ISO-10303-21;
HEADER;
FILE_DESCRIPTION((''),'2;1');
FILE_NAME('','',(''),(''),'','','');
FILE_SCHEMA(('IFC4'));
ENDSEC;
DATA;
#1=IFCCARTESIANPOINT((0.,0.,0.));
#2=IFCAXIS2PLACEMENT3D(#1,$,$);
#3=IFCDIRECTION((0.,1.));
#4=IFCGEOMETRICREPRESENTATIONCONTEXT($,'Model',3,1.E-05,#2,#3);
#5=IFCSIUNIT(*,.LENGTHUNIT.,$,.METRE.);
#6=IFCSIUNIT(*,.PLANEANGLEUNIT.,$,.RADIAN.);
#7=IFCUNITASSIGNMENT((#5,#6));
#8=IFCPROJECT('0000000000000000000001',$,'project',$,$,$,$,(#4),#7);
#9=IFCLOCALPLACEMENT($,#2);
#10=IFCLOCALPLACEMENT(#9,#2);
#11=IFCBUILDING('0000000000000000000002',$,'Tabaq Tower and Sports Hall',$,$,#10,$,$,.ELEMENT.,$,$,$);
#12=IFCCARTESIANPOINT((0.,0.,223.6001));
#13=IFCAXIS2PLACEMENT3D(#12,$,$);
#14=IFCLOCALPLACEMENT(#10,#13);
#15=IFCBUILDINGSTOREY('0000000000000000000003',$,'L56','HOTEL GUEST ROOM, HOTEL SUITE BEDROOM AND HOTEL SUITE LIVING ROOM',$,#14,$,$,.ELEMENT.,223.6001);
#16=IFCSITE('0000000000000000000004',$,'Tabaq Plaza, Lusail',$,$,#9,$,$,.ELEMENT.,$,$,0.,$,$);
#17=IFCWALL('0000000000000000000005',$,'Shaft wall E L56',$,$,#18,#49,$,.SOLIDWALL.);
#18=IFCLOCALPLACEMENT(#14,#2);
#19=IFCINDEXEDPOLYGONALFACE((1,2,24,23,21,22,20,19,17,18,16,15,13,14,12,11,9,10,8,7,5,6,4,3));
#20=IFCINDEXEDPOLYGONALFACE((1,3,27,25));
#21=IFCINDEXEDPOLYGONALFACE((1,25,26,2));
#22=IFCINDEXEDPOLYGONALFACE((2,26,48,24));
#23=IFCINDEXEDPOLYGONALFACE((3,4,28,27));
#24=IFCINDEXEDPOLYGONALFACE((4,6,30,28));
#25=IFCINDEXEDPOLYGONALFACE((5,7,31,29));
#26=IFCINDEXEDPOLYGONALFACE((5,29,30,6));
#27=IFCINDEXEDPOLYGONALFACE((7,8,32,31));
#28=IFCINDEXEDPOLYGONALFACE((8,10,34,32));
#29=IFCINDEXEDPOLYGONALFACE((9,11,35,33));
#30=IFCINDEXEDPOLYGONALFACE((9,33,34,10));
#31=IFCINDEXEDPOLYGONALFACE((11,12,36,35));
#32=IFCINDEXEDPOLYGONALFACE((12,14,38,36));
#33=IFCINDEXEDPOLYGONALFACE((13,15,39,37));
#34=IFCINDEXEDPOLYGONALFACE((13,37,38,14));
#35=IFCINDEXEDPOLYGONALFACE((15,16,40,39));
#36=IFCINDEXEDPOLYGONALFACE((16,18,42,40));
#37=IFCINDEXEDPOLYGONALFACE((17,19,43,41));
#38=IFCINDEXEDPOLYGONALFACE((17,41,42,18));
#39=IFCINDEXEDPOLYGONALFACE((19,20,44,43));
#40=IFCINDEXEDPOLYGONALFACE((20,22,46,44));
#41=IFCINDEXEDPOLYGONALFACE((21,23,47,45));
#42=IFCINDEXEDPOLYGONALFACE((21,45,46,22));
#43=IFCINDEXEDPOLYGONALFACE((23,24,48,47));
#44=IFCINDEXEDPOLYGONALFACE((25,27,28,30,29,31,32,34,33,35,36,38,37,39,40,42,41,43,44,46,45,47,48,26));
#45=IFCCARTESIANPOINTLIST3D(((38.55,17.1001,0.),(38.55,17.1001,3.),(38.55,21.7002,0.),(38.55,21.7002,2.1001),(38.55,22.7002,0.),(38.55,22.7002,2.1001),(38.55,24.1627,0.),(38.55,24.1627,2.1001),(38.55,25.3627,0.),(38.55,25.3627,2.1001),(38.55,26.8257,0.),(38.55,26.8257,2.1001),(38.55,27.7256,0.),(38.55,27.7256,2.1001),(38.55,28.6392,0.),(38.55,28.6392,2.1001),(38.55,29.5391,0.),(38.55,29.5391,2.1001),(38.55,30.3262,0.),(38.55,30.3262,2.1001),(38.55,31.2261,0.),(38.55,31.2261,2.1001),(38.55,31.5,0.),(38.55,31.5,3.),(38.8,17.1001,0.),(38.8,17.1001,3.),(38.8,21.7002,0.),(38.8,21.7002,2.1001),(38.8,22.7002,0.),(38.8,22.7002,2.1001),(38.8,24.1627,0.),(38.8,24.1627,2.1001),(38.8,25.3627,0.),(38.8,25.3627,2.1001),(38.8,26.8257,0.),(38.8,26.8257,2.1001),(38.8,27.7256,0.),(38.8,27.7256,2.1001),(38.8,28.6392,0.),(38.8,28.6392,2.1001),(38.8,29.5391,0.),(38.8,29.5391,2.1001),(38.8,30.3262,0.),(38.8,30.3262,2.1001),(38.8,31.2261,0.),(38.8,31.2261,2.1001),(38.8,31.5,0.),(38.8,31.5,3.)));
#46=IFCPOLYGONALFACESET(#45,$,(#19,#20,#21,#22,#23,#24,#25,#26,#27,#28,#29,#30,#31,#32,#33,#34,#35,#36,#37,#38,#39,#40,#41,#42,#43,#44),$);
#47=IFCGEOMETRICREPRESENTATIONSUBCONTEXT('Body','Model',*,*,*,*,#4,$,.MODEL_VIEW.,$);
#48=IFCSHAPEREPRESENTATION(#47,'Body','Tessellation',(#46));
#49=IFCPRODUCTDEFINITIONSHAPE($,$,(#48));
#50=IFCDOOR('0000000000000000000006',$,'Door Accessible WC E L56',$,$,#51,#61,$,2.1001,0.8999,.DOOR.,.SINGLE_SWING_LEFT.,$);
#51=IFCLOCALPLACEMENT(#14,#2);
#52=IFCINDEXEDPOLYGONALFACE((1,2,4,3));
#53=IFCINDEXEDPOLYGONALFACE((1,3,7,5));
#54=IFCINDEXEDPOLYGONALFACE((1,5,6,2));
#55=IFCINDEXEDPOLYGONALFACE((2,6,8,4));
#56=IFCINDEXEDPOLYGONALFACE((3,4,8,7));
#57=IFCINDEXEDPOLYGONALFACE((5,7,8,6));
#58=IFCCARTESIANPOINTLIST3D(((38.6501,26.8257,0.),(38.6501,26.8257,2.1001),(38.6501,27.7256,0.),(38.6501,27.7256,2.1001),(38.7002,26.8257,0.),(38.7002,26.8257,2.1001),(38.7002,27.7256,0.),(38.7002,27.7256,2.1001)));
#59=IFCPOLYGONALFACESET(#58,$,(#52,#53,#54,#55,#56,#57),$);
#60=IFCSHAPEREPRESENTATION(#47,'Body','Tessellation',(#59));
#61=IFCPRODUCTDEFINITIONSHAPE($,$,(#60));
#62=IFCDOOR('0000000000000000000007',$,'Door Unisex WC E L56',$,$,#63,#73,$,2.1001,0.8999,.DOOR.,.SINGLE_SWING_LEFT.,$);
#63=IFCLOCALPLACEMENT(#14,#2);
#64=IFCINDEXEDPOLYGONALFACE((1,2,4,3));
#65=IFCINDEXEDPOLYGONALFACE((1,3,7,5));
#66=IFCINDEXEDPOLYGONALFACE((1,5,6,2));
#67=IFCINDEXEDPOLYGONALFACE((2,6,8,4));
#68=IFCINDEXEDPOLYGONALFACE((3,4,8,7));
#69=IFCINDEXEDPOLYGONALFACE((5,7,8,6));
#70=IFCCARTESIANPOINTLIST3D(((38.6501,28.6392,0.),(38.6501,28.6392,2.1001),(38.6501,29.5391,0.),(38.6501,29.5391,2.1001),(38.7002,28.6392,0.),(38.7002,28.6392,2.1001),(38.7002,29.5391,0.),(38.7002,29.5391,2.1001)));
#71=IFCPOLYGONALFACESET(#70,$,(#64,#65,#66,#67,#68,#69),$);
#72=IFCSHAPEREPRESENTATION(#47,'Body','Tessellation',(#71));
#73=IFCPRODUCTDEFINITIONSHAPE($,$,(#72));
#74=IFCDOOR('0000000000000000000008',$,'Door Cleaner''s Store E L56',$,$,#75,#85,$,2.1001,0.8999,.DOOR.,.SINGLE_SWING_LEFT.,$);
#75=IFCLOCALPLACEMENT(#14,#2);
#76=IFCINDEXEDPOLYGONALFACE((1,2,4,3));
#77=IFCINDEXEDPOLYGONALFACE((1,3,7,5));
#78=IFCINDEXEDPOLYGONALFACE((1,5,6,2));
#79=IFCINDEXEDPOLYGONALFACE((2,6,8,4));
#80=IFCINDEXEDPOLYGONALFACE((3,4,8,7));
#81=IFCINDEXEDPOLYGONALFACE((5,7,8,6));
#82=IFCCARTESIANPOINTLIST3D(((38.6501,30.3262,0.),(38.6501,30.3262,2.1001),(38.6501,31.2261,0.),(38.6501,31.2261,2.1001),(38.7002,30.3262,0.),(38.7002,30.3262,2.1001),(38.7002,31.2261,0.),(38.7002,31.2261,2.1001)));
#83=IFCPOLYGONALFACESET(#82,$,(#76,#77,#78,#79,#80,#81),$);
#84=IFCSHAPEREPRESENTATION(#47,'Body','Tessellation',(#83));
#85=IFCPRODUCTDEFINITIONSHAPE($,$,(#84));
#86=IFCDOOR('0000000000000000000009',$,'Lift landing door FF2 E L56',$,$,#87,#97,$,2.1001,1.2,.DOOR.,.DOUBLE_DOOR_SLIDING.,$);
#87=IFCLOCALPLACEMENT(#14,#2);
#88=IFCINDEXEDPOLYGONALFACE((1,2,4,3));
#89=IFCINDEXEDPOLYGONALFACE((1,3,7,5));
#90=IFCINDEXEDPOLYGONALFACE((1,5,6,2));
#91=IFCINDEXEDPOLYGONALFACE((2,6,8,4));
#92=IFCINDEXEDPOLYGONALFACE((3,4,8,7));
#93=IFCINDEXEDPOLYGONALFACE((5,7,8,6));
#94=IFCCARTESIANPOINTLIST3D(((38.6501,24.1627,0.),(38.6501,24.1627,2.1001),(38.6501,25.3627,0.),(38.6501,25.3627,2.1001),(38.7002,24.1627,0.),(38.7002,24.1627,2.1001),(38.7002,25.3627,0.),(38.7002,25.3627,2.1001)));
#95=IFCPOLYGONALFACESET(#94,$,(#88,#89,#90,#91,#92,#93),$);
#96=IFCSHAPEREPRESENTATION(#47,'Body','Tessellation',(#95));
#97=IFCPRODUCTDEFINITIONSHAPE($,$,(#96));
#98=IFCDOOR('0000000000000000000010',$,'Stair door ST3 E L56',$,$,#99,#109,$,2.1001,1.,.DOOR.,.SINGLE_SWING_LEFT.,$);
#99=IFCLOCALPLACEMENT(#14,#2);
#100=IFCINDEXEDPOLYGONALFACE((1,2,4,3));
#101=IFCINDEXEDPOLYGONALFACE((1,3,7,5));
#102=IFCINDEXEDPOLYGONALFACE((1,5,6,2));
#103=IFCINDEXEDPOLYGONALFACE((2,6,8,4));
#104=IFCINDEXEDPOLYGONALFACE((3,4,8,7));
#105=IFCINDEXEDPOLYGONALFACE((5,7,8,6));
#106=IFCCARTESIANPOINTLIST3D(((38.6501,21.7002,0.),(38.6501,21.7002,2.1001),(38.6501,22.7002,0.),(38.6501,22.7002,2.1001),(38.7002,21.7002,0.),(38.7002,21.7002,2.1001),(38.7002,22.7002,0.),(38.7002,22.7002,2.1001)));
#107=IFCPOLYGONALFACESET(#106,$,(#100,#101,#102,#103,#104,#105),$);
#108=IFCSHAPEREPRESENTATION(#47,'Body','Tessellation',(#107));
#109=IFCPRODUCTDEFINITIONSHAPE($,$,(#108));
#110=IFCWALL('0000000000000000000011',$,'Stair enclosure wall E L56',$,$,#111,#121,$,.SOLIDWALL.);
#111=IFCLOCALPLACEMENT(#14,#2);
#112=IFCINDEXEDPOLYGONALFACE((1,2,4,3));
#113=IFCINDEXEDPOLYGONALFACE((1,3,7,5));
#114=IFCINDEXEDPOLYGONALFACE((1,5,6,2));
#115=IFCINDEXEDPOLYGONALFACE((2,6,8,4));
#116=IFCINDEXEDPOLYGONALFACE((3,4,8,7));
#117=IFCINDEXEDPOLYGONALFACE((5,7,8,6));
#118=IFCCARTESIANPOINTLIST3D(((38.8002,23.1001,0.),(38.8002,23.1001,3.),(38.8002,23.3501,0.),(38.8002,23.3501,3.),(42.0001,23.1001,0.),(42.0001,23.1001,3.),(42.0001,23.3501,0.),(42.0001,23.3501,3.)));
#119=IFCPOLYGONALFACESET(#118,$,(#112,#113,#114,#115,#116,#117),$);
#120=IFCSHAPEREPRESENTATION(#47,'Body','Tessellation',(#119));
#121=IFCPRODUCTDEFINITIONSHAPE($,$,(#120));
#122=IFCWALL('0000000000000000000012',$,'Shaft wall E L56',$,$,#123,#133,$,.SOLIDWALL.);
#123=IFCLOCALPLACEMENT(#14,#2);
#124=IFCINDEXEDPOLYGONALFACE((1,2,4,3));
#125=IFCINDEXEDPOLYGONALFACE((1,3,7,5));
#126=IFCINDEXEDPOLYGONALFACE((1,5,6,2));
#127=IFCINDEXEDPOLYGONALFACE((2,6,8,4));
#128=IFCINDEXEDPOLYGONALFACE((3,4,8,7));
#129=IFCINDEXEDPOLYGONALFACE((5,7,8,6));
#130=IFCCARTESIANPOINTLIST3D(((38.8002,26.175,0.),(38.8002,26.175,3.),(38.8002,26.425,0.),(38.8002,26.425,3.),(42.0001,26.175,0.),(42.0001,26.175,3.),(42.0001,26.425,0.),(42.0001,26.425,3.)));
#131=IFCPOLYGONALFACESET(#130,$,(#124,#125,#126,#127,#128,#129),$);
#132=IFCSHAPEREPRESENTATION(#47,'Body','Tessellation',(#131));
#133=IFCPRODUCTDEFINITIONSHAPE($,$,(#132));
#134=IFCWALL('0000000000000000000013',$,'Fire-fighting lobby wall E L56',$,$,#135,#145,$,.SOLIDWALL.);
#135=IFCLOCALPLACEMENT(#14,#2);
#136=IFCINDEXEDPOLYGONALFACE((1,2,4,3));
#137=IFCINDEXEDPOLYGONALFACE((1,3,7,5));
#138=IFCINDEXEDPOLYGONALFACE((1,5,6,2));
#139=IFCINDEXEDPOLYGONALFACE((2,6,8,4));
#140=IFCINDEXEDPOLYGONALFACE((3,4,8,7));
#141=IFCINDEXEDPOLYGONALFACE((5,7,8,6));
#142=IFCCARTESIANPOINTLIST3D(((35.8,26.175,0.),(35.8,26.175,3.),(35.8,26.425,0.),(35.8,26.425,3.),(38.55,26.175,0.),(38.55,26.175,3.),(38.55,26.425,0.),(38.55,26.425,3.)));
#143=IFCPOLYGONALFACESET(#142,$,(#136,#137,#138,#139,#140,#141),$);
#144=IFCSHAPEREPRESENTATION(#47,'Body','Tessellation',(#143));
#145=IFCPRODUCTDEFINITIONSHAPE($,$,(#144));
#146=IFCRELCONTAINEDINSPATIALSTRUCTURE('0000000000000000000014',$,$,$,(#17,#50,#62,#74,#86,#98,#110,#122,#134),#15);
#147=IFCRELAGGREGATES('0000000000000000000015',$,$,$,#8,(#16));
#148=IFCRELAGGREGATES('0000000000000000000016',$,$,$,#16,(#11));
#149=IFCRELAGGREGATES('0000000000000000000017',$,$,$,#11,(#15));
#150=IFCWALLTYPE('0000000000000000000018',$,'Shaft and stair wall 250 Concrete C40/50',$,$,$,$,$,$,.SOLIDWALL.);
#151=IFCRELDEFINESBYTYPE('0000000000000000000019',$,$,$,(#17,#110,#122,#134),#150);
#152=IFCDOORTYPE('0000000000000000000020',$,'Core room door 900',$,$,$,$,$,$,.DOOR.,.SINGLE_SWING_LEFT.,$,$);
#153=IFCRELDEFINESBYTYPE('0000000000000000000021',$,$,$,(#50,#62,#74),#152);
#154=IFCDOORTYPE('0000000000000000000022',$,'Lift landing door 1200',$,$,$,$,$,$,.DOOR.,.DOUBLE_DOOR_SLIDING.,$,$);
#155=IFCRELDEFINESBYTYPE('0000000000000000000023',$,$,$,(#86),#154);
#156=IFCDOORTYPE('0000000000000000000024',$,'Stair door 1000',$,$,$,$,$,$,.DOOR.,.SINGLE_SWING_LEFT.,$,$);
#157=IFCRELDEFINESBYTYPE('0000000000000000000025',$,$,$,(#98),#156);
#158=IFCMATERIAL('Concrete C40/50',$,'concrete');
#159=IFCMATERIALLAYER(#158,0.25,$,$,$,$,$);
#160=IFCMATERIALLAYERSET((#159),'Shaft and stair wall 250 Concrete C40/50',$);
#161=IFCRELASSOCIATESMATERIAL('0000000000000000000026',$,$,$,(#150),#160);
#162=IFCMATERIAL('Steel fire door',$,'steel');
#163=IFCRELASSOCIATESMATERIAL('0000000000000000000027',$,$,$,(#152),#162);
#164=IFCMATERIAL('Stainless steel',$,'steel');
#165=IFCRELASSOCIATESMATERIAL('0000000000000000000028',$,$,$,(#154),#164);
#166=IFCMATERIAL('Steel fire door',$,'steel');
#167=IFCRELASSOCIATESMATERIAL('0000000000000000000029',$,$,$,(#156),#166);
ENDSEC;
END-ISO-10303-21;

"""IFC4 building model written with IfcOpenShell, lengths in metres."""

from ifc_helpers import new_model, si_unit, direction, frame, frame_2d, origin, place, context, subcontext, project, spatial, rectangle, extrude, material, layer, layer_set, type_object, element, fill, save


model = new_model("IFC4")

# Units and contexts
model_context = context("Model", 3, precision=1e-05, world=origin(), true_north=direction((0.0, 1.0)))
body_context = subcontext(model_context, "Body", "Model", "MODEL_VIEW")
ifc_project = project(units=[si_unit("LENGTHUNIT", "METRE"), si_unit("PLANEANGLEUNIT", "RADIAN")], contexts=[model_context])

# Site, building, storey
site_placement = place(None, origin())
site = spatial("IfcSite", under=ifc_project, at=site_placement, Name="Tabaq Plaza, Lusail", CompositionType="ELEMENT", RefElevation=0.0)
building_placement = place(site_placement, origin())
building = spatial("IfcBuilding", under=site, at=building_placement, Name="Tabaq Tower and Sports Hall", CompositionType="ELEMENT")
storey_placement = place(building_placement, frame((0.0, 0.0, 223.6001)))
storey = spatial("IfcBuildingStorey", under=building, at=storey_placement, Name="L56", Description="HOTEL GUEST ROOM, HOTEL SUITE BEDROOM AND HOTEL SUITE LIVING ROOM", CompositionType="ELEMENT", Elevation=223.6001)

# Wall, openings, doors
ifc_material_1 = material(Name="Concrete C40/50", Category="concrete")
ifc_layer_1 = layer(ifc_material_1, 0.25)
ifc_layer_set_1 = layer_set([ifc_layer_1], Name="Shaft and stair wall 250 Concrete C40/50")
wall_type_1 = type_object("IfcWallType", Name="Shaft and stair wall 250 Concrete C40/50", PredefinedType="SOLIDWALL", material=ifc_layer_set_1)
wall_1_placement = place(storey_placement, frame((38.675, 17.1001, 0.0), z_axis=(0.0, 0.0, 1.0), x_axis=(0.0, 1.0, 0.0)))
wall_1 = element("IfcWall", 1, at=wall_1_placement, inside=storey, type_object=wall_type_1, Name="Shaft wall E L56", PredefinedType="SOLIDWALL", context=body_context, shape_type="SweptSolid", body=[
    extrude(rectangle(XDim=14.3999, YDim=0.25, at=frame_2d((7.2, 0.0))), origin(), (0.0, 0.0, 1.0), 3.0),
])
opening_1_placement = place(wall_1_placement, frame((4.6001, 0.0, 0.0)))
opening_1 = element("IfcOpeningElement", 2, at=opening_1_placement, cuts=wall_1, PredefinedType="OPENING", context=body_context, shape_type="SweptSolid", body=[
    extrude(rectangle(XDim=1.0, YDim=2.1001, at=frame_2d((0.5, 1.05))), frame((0.0, 0.125, 0.0), z_axis=(0.0, -1.0, 0.0), x_axis=(1.0, 0.0, 0.0)), (0.0, 0.0, 1.0), 0.25),
])
opening_2_placement = place(wall_1_placement, frame((7.0625, 0.0, 0.0)))
opening_2 = element("IfcOpeningElement", 3, at=opening_2_placement, cuts=wall_1, PredefinedType="OPENING", context=body_context, shape_type="SweptSolid", body=[
    extrude(rectangle(XDim=1.2, YDim=2.1001, at=frame_2d((0.6001, 1.05))), frame((0.0, 0.125, 0.0), z_axis=(0.0, -1.0, 0.0), x_axis=(1.0, 0.0, 0.0)), (0.0, 0.0, 1.0), 0.25),
])
opening_3_placement = place(wall_1_placement, frame((9.7256, 0.0, 0.0)))
opening_3 = element("IfcOpeningElement", 4, at=opening_3_placement, cuts=wall_1, PredefinedType="OPENING", context=body_context, shape_type="SweptSolid", body=[
    extrude(rectangle(XDim=0.8999, YDim=2.1001, at=frame_2d((0.45, 1.05))), frame((0.0, 0.125, 0.0), z_axis=(0.0, -1.0, 0.0), x_axis=(1.0, 0.0, 0.0)), (0.0, 0.0, 1.0), 0.25),
])
opening_4_placement = place(wall_1_placement, frame((11.5391, 0.0, 0.0)))
opening_4 = element("IfcOpeningElement", 5, at=opening_4_placement, cuts=wall_1, PredefinedType="OPENING", context=body_context, shape_type="SweptSolid", body=[
    extrude(rectangle(XDim=0.8999, YDim=2.1001, at=frame_2d((0.45, 1.05))), frame((0.0, 0.125, 0.0), z_axis=(0.0, -1.0, 0.0), x_axis=(1.0, 0.0, 0.0)), (0.0, 0.0, 1.0), 0.25),
])
opening_5_placement = place(wall_1_placement, frame((13.2261, 0.0, 0.0)))
opening_5 = element("IfcOpeningElement", 6, at=opening_5_placement, cuts=wall_1, PredefinedType="OPENING", context=body_context, shape_type="SweptSolid", body=[
    extrude(rectangle(XDim=0.8999, YDim=2.1001, at=frame_2d((0.45, 1.05))), frame((0.0, 0.125, 0.0), z_axis=(0.0, -1.0, 0.0), x_axis=(1.0, 0.0, 0.0)), (0.0, 0.0, 1.0), 0.25),
])
ifc_material_2 = material(Name="Steel fire door", Category="steel")
door_type_1 = type_object("IfcDoorType", Name="Core room door 900", OperationType="SINGLE_SWING_LEFT", PredefinedType="DOOR", material=ifc_material_2)
door_1_placement = place(opening_3_placement, origin())
door_1 = element("IfcDoor", 7, at=door_1_placement, inside=storey, type_object=door_type_1, Name="Door Accessible WC E L56", OperationType="SINGLE_SWING_LEFT", OverallHeight=2.1001, OverallWidth=0.8999, PredefinedType="DOOR", context=body_context, shape_type="SweptSolid", body=[
    extrude(rectangle(XDim=0.8999, YDim=2.1001, at=frame_2d((0.45, 1.05))), frame((0.0, 0.0249, 0.0), z_axis=(0.0, -1.0, 0.0), x_axis=(1.0, 0.0, 0.0)), (0.0, 0.0, 1.0), 0.05),
])
fill(opening_3, door_1)
door_2_placement = place(opening_4_placement, origin())
door_2 = element("IfcDoor", 8, at=door_2_placement, inside=storey, type_object=door_type_1, Name="Door Unisex WC E L56", OperationType="SINGLE_SWING_LEFT", OverallHeight=2.1001, OverallWidth=0.8999, PredefinedType="DOOR", context=body_context, shape_type="SweptSolid", body=[
    extrude(rectangle(XDim=0.8999, YDim=2.1001, at=frame_2d((0.45, 1.05))), frame((0.0, 0.0249, 0.0), z_axis=(0.0, -1.0, 0.0), x_axis=(1.0, 0.0, 0.0)), (0.0, 0.0, 1.0), 0.05),
])
fill(opening_4, door_2)
door_3_placement = place(opening_5_placement, origin())
door_3 = element("IfcDoor", 9, at=door_3_placement, inside=storey, type_object=door_type_1, Name="Door Cleaner's Store E L56", OperationType="SINGLE_SWING_LEFT", OverallHeight=2.1001, OverallWidth=0.8999, PredefinedType="DOOR", context=body_context, shape_type="SweptSolid", body=[
    extrude(rectangle(XDim=0.8999, YDim=2.1001, at=frame_2d((0.45, 1.05))), frame((0.0, 0.0249, 0.0), z_axis=(0.0, -1.0, 0.0), x_axis=(1.0, 0.0, 0.0)), (0.0, 0.0, 1.0), 0.05),
])
fill(opening_5, door_3)
ifc_material_3 = material(Name="Stainless steel", Category="steel")
door_type_2 = type_object("IfcDoorType", Name="Lift landing door 1200", OperationType="DOUBLE_DOOR_SLIDING", PredefinedType="DOOR", material=ifc_material_3)
door_4_placement = place(opening_2_placement, origin())
door_4 = element("IfcDoor", 10, at=door_4_placement, inside=storey, type_object=door_type_2, Name="Lift landing door FF2 E L56", OperationType="DOUBLE_DOOR_SLIDING", OverallHeight=2.1001, OverallWidth=1.2, PredefinedType="DOOR", context=body_context, shape_type="SweptSolid", body=[
    extrude(rectangle(XDim=1.2, YDim=2.1001, at=frame_2d((0.6001, 1.05))), frame((0.0, 0.0249, 0.0), z_axis=(0.0, -1.0, 0.0), x_axis=(1.0, 0.0, 0.0)), (0.0, 0.0, 1.0), 0.05),
])
fill(opening_2, door_4)
ifc_material_4 = material(Name="Steel fire door", Category="steel")
door_type_3 = type_object("IfcDoorType", Name="Stair door 1000", OperationType="SINGLE_SWING_LEFT", PredefinedType="DOOR", material=ifc_material_4)
door_5_placement = place(opening_1_placement, origin())
door_5 = element("IfcDoor", 11, at=door_5_placement, inside=storey, type_object=door_type_3, Name="Stair door ST3 E L56", OperationType="SINGLE_SWING_LEFT", OverallHeight=2.1001, OverallWidth=1.0, PredefinedType="DOOR", context=body_context, shape_type="SweptSolid", body=[
    extrude(rectangle(XDim=1.0, YDim=2.1001, at=frame_2d((0.5, 1.05))), frame((0.0, 0.0249, 0.0), z_axis=(0.0, -1.0, 0.0), x_axis=(1.0, 0.0, 0.0)), (0.0, 0.0, 1.0), 0.05),
])
fill(opening_1, door_5)

# Walls
for number, where, z_axis, x_axis, name in (
    (12, (38.8, 23.2251, 0.0), (0.0, 0.0, 1.0), (1.0, 0.0, 0.0), "Stair enclosure wall E L56"),
    (13, (38.8, 26.3, 0.0), (0.0, 0.0, 1.0), (1.0, 0.0, 0.0), "Shaft wall E L56"),
):
    element("IfcWall", number, at=place(storey_placement, frame(where, z_axis=z_axis, x_axis=x_axis)), inside=storey, type_object=wall_type_1, Name=name, PredefinedType="SOLIDWALL", context=body_context, shape_type="SweptSolid", body=[
        extrude(rectangle(XDim=3.2, YDim=0.25, at=frame_2d((1.6001, 0.0))), origin(), (0.0, 0.0, 1.0), 3.0),
    ])
wall_2_placement = place(storey_placement, frame((35.8, 26.3, 0.0), z_axis=(0.0, 0.0, 1.0), x_axis=(1.0, 0.0, 0.0)))
element("IfcWall", 14, at=wall_2_placement, inside=storey, type_object=wall_type_1, Name="Fire-fighting lobby wall E L56", PredefinedType="SOLIDWALL", context=body_context, shape_type="SweptSolid", body=[
    extrude(rectangle(XDim=2.75, YDim=0.25, at=frame_2d((1.375, 0.0))), origin(), (0.0, 0.0, 1.0), 3.0),
])

save(model, "model.ifc")
